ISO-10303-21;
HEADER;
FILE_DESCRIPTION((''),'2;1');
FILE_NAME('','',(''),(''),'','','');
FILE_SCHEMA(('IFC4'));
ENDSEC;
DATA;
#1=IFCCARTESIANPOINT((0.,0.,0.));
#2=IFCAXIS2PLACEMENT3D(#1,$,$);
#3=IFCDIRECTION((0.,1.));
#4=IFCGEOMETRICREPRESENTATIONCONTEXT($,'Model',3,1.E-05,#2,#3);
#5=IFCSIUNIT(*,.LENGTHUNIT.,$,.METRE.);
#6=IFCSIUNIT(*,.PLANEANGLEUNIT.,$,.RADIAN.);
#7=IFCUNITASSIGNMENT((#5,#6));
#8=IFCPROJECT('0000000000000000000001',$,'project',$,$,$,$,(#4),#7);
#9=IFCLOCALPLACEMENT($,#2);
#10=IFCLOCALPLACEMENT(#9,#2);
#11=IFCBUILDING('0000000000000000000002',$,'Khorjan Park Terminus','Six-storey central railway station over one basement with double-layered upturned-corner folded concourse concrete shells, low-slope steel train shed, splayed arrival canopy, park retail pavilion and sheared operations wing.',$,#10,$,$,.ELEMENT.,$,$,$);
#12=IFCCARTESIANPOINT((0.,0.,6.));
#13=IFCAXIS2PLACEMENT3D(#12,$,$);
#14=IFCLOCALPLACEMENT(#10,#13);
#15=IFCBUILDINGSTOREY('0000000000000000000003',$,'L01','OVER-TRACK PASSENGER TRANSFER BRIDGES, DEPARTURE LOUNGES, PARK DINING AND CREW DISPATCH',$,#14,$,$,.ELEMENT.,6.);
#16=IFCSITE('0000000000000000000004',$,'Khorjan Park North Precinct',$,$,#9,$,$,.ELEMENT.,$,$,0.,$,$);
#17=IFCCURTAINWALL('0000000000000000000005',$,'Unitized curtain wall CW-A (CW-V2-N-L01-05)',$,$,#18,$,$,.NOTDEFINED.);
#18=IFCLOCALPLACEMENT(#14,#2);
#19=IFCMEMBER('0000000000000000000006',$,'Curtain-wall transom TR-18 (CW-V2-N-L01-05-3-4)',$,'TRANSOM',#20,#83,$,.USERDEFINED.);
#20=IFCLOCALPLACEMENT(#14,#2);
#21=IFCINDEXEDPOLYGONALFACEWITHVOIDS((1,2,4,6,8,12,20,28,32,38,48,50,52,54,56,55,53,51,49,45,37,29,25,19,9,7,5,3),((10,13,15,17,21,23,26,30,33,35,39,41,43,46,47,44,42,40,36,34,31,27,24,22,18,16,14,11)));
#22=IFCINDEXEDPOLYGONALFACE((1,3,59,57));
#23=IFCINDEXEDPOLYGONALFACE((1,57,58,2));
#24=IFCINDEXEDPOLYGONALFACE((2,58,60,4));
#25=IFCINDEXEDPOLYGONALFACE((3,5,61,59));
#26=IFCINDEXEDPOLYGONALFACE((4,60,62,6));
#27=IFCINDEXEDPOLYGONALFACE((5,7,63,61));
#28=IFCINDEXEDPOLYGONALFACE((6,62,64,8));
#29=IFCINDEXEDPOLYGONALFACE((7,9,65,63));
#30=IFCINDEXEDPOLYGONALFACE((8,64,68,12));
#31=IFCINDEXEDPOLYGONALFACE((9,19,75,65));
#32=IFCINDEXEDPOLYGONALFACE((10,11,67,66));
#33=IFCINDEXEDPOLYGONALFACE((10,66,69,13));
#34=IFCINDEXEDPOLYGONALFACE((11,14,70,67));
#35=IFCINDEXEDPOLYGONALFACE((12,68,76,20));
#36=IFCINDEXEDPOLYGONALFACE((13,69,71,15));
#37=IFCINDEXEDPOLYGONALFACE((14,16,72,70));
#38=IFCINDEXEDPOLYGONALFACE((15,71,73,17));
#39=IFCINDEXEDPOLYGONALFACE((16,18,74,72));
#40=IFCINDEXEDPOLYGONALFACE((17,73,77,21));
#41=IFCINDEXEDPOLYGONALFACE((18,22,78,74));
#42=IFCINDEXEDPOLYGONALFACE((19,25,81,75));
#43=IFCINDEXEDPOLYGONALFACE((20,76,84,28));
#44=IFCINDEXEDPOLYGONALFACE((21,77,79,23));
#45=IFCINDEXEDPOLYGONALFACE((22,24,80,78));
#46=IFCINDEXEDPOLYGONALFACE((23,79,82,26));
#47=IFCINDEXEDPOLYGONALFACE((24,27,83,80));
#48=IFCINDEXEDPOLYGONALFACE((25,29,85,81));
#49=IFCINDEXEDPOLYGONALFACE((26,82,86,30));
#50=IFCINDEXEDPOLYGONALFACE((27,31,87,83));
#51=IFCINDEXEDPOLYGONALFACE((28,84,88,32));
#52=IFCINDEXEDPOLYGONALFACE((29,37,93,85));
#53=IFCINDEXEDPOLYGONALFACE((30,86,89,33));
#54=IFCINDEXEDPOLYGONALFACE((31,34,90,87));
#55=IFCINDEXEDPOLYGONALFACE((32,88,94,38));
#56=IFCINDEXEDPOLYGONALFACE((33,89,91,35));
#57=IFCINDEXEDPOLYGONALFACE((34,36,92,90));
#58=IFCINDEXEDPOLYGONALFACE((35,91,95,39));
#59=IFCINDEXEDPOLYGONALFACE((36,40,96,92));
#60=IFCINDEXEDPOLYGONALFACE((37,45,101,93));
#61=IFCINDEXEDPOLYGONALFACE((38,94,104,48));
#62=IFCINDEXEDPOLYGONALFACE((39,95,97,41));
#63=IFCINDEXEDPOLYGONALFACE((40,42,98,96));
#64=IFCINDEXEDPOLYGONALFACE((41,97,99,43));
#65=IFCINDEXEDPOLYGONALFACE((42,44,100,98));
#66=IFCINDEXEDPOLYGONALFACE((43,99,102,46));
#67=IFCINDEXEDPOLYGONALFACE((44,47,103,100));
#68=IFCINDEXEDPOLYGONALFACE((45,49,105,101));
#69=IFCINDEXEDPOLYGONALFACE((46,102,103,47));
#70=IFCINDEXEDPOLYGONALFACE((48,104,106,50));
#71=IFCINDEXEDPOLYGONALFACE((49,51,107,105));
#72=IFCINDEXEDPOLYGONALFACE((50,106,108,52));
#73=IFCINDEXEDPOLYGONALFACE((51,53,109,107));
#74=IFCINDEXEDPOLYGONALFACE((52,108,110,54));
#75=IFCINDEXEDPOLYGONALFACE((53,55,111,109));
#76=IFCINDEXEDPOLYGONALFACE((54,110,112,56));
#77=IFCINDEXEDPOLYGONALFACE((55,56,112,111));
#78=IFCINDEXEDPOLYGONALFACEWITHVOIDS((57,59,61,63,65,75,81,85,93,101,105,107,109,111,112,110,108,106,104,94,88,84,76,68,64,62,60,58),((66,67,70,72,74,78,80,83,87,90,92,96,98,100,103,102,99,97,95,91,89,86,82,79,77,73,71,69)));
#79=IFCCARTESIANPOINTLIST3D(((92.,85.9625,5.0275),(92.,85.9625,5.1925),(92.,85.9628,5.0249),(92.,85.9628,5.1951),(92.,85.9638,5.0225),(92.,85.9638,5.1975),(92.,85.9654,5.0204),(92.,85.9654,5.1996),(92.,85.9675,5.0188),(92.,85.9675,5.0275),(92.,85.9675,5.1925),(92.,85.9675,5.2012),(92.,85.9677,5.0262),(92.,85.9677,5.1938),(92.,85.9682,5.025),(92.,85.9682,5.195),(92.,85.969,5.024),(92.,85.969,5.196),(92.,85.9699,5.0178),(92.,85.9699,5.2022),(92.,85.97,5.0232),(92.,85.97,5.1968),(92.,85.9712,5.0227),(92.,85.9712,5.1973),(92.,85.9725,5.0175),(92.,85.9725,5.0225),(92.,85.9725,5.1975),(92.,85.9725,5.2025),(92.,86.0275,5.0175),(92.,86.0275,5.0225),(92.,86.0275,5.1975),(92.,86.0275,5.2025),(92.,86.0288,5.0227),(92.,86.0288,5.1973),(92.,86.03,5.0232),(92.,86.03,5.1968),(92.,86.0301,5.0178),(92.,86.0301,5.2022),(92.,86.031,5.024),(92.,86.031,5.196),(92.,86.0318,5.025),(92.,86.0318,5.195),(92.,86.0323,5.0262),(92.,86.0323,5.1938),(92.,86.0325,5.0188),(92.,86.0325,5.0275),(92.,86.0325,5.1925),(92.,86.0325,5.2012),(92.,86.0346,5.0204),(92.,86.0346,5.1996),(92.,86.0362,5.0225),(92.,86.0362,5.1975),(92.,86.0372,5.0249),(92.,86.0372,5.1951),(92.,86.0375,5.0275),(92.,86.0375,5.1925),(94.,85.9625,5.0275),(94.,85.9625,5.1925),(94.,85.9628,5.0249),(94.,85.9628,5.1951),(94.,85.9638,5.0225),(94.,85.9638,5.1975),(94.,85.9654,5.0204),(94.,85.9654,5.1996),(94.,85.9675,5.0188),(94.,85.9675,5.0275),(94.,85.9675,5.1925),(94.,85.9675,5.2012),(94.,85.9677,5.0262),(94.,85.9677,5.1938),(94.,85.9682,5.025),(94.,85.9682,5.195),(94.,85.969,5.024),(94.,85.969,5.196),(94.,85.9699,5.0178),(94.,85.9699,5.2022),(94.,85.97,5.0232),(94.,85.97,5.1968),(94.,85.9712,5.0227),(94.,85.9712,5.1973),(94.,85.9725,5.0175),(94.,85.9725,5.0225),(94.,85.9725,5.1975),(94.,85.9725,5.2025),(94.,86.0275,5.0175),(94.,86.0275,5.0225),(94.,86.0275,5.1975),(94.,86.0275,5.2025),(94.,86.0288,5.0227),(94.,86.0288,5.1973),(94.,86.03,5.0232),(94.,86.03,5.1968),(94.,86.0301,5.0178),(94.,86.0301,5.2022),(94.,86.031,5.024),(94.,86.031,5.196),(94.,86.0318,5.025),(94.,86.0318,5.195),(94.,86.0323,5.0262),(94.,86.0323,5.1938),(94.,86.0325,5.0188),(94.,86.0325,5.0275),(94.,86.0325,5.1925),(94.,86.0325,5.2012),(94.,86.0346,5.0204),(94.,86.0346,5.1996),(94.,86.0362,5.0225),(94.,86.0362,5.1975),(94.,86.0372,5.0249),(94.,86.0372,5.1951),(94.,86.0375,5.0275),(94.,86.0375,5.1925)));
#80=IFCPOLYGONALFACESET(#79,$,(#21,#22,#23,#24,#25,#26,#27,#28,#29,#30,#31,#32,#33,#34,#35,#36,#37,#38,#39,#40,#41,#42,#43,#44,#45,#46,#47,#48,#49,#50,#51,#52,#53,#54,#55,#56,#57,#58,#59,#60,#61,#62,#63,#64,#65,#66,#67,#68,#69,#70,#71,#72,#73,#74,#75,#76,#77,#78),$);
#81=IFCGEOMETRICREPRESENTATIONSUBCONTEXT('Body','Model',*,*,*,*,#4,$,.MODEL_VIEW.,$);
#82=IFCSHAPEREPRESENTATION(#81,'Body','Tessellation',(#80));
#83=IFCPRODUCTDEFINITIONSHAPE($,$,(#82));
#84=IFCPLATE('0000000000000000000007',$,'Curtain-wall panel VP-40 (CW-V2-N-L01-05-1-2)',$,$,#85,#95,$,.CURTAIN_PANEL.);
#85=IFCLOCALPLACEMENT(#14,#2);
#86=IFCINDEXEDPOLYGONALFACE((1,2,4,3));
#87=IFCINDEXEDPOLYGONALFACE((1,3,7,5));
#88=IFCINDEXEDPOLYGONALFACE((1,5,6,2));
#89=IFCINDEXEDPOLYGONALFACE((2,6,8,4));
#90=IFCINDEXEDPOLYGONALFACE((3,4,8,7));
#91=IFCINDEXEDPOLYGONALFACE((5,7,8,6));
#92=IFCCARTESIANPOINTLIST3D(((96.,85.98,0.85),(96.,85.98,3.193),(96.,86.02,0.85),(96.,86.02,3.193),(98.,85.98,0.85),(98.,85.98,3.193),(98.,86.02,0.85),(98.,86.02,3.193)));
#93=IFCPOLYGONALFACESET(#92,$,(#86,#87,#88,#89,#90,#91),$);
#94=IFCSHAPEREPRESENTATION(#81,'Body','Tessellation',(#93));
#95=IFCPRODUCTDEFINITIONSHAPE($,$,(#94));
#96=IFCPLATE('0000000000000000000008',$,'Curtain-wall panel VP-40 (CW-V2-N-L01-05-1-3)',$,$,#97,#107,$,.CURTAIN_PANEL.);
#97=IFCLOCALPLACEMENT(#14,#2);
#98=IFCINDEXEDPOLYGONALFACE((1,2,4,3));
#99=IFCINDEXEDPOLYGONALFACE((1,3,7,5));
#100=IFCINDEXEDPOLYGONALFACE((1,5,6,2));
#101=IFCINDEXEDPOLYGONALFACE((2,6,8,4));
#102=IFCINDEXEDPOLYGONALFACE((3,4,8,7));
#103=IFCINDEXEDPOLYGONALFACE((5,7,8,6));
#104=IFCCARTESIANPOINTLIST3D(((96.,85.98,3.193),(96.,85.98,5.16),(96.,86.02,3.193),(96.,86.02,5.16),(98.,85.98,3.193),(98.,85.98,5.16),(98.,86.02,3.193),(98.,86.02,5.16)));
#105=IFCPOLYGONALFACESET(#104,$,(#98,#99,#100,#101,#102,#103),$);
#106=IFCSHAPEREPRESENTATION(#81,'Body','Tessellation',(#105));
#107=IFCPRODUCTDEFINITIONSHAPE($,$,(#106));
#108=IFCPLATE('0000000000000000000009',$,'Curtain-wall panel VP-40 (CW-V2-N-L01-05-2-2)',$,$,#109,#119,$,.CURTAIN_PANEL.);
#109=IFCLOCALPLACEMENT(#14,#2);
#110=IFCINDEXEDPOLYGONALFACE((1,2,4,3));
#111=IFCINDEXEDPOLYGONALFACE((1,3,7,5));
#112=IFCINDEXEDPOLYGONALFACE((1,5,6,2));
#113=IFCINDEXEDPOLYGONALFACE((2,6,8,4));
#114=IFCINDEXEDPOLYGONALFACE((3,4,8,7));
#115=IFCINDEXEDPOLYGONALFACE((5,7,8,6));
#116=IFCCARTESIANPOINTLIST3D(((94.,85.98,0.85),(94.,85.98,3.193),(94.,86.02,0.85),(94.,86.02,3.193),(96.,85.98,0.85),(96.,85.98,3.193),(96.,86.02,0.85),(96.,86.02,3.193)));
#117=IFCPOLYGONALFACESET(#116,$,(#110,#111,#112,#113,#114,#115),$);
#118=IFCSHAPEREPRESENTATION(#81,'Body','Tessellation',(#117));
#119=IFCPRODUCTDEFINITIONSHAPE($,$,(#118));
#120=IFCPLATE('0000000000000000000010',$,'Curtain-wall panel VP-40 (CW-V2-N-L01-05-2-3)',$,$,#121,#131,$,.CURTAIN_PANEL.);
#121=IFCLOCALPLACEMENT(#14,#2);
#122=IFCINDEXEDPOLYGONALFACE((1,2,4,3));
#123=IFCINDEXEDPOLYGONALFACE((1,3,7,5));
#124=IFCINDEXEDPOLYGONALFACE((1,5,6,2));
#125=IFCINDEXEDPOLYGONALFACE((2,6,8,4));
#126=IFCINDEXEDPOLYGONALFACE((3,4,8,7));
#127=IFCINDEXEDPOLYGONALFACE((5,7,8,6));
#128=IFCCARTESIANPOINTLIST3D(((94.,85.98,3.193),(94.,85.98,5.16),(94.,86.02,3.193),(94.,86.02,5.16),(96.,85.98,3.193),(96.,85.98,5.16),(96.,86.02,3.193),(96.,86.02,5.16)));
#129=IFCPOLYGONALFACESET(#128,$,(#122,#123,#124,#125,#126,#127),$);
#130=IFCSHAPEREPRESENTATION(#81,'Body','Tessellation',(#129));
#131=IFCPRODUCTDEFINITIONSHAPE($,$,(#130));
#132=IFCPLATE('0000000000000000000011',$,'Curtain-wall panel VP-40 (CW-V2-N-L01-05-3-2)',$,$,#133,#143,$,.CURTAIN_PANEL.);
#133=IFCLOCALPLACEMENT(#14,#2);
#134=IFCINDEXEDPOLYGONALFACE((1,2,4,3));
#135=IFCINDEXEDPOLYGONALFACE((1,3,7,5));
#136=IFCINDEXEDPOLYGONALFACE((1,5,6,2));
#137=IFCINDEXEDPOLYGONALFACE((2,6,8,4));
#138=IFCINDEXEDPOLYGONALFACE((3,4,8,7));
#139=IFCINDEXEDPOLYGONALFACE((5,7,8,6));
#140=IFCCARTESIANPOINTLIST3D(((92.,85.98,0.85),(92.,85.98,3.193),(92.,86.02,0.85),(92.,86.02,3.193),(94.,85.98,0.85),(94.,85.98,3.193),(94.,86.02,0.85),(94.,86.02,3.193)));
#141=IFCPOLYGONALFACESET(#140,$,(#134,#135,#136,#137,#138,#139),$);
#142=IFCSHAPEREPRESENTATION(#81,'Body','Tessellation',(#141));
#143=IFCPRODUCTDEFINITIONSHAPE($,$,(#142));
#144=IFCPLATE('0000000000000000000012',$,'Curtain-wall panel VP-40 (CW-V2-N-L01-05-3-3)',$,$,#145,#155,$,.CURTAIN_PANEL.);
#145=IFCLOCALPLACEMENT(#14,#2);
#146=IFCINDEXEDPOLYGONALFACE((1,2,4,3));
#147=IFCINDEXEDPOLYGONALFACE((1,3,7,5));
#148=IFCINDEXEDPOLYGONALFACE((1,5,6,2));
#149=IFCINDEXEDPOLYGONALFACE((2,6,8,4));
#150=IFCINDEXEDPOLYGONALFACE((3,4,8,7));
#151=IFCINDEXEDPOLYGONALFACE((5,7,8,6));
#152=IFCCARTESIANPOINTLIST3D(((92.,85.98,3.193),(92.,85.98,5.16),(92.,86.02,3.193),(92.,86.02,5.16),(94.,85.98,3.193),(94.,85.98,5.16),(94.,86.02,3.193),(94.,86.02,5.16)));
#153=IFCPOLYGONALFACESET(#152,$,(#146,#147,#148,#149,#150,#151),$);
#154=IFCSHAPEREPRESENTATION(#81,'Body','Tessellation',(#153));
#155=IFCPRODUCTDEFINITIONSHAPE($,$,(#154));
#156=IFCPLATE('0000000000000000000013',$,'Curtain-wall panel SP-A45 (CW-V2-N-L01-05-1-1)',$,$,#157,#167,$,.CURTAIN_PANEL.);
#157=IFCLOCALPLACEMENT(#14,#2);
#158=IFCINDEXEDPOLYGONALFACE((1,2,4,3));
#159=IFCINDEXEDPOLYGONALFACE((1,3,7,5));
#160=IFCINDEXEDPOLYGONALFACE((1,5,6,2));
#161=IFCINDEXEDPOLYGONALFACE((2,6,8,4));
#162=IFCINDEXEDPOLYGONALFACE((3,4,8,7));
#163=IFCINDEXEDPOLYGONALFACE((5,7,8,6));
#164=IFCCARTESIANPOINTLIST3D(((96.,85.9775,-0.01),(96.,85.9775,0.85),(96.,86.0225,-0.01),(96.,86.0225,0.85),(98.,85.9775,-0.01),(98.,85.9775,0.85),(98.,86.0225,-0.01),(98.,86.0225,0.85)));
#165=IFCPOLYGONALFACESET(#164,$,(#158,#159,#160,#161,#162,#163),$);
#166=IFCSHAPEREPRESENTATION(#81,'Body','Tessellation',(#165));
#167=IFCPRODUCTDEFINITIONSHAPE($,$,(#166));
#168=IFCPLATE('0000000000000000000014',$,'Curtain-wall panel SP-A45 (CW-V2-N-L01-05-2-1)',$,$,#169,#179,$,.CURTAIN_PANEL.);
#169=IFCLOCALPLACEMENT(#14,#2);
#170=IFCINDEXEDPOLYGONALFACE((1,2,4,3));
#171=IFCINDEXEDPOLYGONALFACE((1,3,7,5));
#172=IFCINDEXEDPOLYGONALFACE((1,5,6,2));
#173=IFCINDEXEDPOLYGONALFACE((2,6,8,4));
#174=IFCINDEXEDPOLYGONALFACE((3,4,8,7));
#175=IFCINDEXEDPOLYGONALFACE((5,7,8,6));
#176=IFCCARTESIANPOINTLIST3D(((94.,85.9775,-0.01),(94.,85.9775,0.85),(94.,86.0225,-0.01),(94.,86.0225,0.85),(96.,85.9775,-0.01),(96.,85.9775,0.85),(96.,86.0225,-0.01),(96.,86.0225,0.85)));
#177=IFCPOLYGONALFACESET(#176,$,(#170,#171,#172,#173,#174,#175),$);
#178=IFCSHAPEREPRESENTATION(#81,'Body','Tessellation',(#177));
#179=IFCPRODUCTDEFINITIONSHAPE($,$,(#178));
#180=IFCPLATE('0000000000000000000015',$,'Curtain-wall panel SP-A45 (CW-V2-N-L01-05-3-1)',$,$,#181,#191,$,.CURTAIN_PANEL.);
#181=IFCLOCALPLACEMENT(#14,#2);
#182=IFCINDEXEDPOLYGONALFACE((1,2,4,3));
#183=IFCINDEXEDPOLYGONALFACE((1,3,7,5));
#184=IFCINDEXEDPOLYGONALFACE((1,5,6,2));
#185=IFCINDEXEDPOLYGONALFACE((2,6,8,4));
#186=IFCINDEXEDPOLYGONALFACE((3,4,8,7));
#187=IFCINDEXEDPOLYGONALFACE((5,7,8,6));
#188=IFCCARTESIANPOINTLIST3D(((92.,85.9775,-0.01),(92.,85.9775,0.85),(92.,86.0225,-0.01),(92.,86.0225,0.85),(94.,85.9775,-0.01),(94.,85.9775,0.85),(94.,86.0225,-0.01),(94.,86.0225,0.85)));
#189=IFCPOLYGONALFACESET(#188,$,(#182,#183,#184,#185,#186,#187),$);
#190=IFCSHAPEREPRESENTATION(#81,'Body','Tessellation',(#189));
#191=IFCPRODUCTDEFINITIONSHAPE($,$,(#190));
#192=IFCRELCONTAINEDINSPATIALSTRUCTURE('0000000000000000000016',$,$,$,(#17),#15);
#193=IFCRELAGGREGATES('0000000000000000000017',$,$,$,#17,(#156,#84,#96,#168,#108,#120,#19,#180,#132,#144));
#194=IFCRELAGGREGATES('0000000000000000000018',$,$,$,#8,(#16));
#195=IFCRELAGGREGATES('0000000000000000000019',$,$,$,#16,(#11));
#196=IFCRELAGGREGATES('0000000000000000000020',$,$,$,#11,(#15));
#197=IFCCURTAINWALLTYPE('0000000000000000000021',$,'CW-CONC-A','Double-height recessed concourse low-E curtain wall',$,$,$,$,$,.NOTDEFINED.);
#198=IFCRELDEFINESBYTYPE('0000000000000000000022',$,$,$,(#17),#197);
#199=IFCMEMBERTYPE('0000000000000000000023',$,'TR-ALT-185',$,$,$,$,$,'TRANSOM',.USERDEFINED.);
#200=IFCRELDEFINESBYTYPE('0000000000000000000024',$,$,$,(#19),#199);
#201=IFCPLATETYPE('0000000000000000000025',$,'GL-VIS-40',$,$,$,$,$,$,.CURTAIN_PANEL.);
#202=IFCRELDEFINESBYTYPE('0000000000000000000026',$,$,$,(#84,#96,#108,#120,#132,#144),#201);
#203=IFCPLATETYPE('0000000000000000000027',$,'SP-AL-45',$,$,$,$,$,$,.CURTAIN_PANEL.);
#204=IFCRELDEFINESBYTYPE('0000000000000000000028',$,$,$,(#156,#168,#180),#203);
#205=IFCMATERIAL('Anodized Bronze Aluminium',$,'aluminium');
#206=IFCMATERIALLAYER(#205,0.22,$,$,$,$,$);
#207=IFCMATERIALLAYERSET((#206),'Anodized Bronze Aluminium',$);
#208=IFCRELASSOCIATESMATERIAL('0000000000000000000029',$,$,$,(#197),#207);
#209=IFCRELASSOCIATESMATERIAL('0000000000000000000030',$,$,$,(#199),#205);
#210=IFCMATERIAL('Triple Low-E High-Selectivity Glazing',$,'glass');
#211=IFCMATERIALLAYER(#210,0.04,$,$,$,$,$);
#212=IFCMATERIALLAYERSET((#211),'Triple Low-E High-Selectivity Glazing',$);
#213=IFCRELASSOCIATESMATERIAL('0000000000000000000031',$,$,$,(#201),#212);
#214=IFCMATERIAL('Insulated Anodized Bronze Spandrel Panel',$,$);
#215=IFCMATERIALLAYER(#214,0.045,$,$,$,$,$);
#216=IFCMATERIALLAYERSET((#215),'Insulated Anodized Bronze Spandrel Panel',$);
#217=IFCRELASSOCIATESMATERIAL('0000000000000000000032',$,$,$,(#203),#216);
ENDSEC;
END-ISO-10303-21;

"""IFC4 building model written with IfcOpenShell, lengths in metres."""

from ifc_helpers import new_model, si_unit, direction, frame, origin, origin_2d, place, context, subcontext, project, spatial, rectangle, hollow_rectangle, extrude, material, layer, layer_set, material_profile, profile_set, type_object, element, aggregate, save


model = new_model("IFC4")

# Units and contexts
model_context = context("Model", 3, precision=1e-05, world=origin(), true_north=direction((0.0, 1.0)))
body_context = subcontext(model_context, "Body", "Model", "MODEL_VIEW")
ifc_project = project(units=[si_unit("LENGTHUNIT", "METRE"), si_unit("PLANEANGLEUNIT", "RADIAN")], contexts=[model_context])

# Site, building, storey
site_placement = place(None, origin())
site = spatial("IfcSite", under=ifc_project, at=site_placement, Name="Khorjan Park North Precinct", CompositionType="ELEMENT", RefElevation=0.0)
building_placement = place(site_placement, origin())
building = spatial("IfcBuilding", under=site, at=building_placement, Name="Khorjan Park Terminus", Description="Six-storey central railway station over one basement with double-layered upturned-corner folded concourse concrete shells, low-slope steel train shed, splayed arrival canopy, park retail pavilion and sheared operations wing.", CompositionType="ELEMENT")
storey_placement = place(building_placement, frame((0.0, 0.0, 6.0)))
storey = spatial("IfcBuildingStorey", under=building, at=storey_placement, Name="L01", Description="OVER-TRACK PASSENGER TRANSFER BRIDGES, DEPARTURE LOUNGES, PARK DINING AND CREW DISPATCH", CompositionType="ELEMENT", Elevation=6.0)

# Curtain wall
ifc_material_1 = material(Name="Anodized Bronze Aluminium", Category="aluminium")
ifc_layer_1 = layer(ifc_material_1, 0.22)
ifc_layer_set_1 = layer_set([ifc_layer_1], Name="Anodized Bronze Aluminium")
curtain_wall_type = type_object("IfcCurtainWallType", Name="CW-CONC-A", Description="Double-height recessed concourse low-E curtain wall", PredefinedType="NOTDEFINED", material=ifc_layer_set_1)
curtain_wall_1_placement = place(storey_placement, origin())
curtain_wall_1 = element("IfcCurtainWall", 1, at=curtain_wall_1_placement, inside=storey, type_object=curtain_wall_type, Name="Unitized curtain wall CW-A (CW-V2-N-L01-05)", PredefinedType="NOTDEFINED")
ifc_material_profile_1 = material_profile(ifc_material_1, hollow_rectangle(XDim=0.075, YDim=0.185, WallThickness=0.005, InnerFilletRadius=0.005, OuterFilletRadius=0.01, at=origin_2d()), Name="ALT 75x185x5")
ifc_profile_set_1 = profile_set([ifc_material_profile_1], Name="Anodized Bronze Aluminium")
member_type_1 = type_object("IfcMemberType", Name="TR-ALT-185", ElementType="TRANSOM", PredefinedType="USERDEFINED", material=ifc_profile_set_1)

# Member
member_1_placement = place(storey_placement, frame((94.0, 86.0, 5.11), z_axis=(-1.0, 0.0, 0.0), x_axis=(0.0, -1.0, 0.0)))
member_1 = element("IfcMember", 2, at=member_1_placement, type_object=member_type_1, Name="Curtain-wall transom TR-18 (CW-V2-N-L01-05-3-4)", ObjectType="TRANSOM", PredefinedType="USERDEFINED", context=body_context, shape_type="SweptSolid", body=[
    extrude(hollow_rectangle(XDim=0.075, YDim=0.185, WallThickness=0.005, InnerFilletRadius=0.005, OuterFilletRadius=0.01, at=origin_2d()), origin(), (0.0, 0.0, 1.0), 2.0),
])

# Plates
ifc_material_2 = material(Name="Triple Low-E High-Selectivity Glazing", Category="glass")
ifc_layer_2 = layer(ifc_material_2, 0.04)
ifc_layer_set_2 = layer_set([ifc_layer_2], Name="Triple Low-E High-Selectivity Glazing")
plate_type_1 = type_object("IfcPlateType", Name="GL-VIS-40", PredefinedType="CURTAIN_PANEL", material=ifc_layer_set_2)
plate_1_placement = place(storey_placement, frame((97.0, 86.0, 0.85), z_axis=(0.0, 0.0, 1.0), x_axis=(-1.0, 0.0, 0.0)))
plate_1 = element("IfcPlate", 3, at=plate_1_placement, type_object=plate_type_1, Name="Curtain-wall panel VP-40 (CW-V2-N-L01-05-1-2)", PredefinedType="CURTAIN_PANEL", context=body_context, shape_type="SweptSolid", body=[
    extrude(rectangle(XDim=2.0, YDim=0.04, at=origin_2d()), origin(), (0.0, 0.0, 1.0), 2.343),
])
plate_2_placement = place(storey_placement, frame((97.0, 86.0, 3.193), z_axis=(0.0, 0.0, 1.0), x_axis=(-1.0, 0.0, 0.0)))
plate_2 = element("IfcPlate", 4, at=plate_2_placement, type_object=plate_type_1, Name="Curtain-wall panel VP-40 (CW-V2-N-L01-05-1-3)", PredefinedType="CURTAIN_PANEL", context=body_context, shape_type="SweptSolid", body=[
    extrude(rectangle(XDim=2.0, YDim=0.04, at=origin_2d()), origin(), (0.0, 0.0, 1.0), 1.967),
])
plate_3_placement = place(storey_placement, frame((95.0, 86.0, 0.85), z_axis=(0.0, 0.0, 1.0), x_axis=(-1.0, 0.0, 0.0)))
plate_3 = element("IfcPlate", 5, at=plate_3_placement, type_object=plate_type_1, Name="Curtain-wall panel VP-40 (CW-V2-N-L01-05-2-2)", PredefinedType="CURTAIN_PANEL", context=body_context, shape_type="SweptSolid", body=[
    extrude(rectangle(XDim=2.0, YDim=0.04, at=origin_2d()), origin(), (0.0, 0.0, 1.0), 2.343),
])
plate_4_placement = place(storey_placement, frame((95.0, 86.0, 3.193), z_axis=(0.0, 0.0, 1.0), x_axis=(-1.0, 0.0, 0.0)))
plate_4 = element("IfcPlate", 6, at=plate_4_placement, type_object=plate_type_1, Name="Curtain-wall panel VP-40 (CW-V2-N-L01-05-2-3)", PredefinedType="CURTAIN_PANEL", context=body_context, shape_type="SweptSolid", body=[
    extrude(rectangle(XDim=2.0, YDim=0.04, at=origin_2d()), origin(), (0.0, 0.0, 1.0), 1.967),
])
plate_5_placement = place(storey_placement, frame((93.0, 86.0, 0.85), z_axis=(0.0, 0.0, 1.0), x_axis=(-1.0, 0.0, 0.0)))
plate_5 = element("IfcPlate", 7, at=plate_5_placement, type_object=plate_type_1, Name="Curtain-wall panel VP-40 (CW-V2-N-L01-05-3-2)", PredefinedType="CURTAIN_PANEL", context=body_context, shape_type="SweptSolid", body=[
    extrude(rectangle(XDim=2.0, YDim=0.04, at=origin_2d()), origin(), (0.0, 0.0, 1.0), 2.343),
])
plate_6_placement = place(storey_placement, frame((93.0, 86.0, 3.193), z_axis=(0.0, 0.0, 1.0), x_axis=(-1.0, 0.0, 0.0)))
plate_6 = element("IfcPlate", 8, at=plate_6_placement, type_object=plate_type_1, Name="Curtain-wall panel VP-40 (CW-V2-N-L01-05-3-3)", PredefinedType="CURTAIN_PANEL", context=body_context, shape_type="SweptSolid", body=[
    extrude(rectangle(XDim=2.0, YDim=0.04, at=origin_2d()), origin(), (0.0, 0.0, 1.0), 1.967),
])
ifc_material_3 = material(Name="Insulated Anodized Bronze Spandrel Panel")
ifc_layer_3 = layer(ifc_material_3, 0.045)
ifc_layer_set_3 = layer_set([ifc_layer_3], Name="Insulated Anodized Bronze Spandrel Panel")
plate_type_2 = type_object("IfcPlateType", Name="SP-AL-45", PredefinedType="CURTAIN_PANEL", material=ifc_layer_set_3)
plate_7_placement = place(storey_placement, frame((97.0, 86.0, -0.01), z_axis=(0.0, 0.0, 1.0), x_axis=(-1.0, 0.0, 0.0)))
plate_7 = element("IfcPlate", 9, at=plate_7_placement, type_object=plate_type_2, Name="Curtain-wall panel SP-A45 (CW-V2-N-L01-05-1-1)", PredefinedType="CURTAIN_PANEL", context=body_context, shape_type="SweptSolid", body=[
    extrude(rectangle(XDim=2.0, YDim=0.045, at=origin_2d()), origin(), (0.0, 0.0, 1.0), 0.86),
])
plate_8_placement = place(storey_placement, frame((95.0, 86.0, -0.01), z_axis=(0.0, 0.0, 1.0), x_axis=(-1.0, 0.0, 0.0)))
plate_8 = element("IfcPlate", 10, at=plate_8_placement, type_object=plate_type_2, Name="Curtain-wall panel SP-A45 (CW-V2-N-L01-05-2-1)", PredefinedType="CURTAIN_PANEL", context=body_context, shape_type="SweptSolid", body=[
    extrude(rectangle(XDim=2.0, YDim=0.045, at=origin_2d()), origin(), (0.0, 0.0, 1.0), 0.86),
])
plate_9_placement = place(storey_placement, frame((93.0, 86.0, -0.01), z_axis=(0.0, 0.0, 1.0), x_axis=(-1.0, 0.0, 0.0)))
plate_9 = element("IfcPlate", 11, at=plate_9_placement, type_object=plate_type_2, Name="Curtain-wall panel SP-A45 (CW-V2-N-L01-05-3-1)", PredefinedType="CURTAIN_PANEL", context=body_context, shape_type="SweptSolid", body=[
    extrude(rectangle(XDim=2.0, YDim=0.045, at=origin_2d()), origin(), (0.0, 0.0, 1.0), 0.86),
])
aggregate(curtain_wall_1, [plate_7, plate_1, plate_2, plate_8, plate_3, plate_4, member_1, plate_9, plate_5, plate_6])

save(model, "model.ifc")
